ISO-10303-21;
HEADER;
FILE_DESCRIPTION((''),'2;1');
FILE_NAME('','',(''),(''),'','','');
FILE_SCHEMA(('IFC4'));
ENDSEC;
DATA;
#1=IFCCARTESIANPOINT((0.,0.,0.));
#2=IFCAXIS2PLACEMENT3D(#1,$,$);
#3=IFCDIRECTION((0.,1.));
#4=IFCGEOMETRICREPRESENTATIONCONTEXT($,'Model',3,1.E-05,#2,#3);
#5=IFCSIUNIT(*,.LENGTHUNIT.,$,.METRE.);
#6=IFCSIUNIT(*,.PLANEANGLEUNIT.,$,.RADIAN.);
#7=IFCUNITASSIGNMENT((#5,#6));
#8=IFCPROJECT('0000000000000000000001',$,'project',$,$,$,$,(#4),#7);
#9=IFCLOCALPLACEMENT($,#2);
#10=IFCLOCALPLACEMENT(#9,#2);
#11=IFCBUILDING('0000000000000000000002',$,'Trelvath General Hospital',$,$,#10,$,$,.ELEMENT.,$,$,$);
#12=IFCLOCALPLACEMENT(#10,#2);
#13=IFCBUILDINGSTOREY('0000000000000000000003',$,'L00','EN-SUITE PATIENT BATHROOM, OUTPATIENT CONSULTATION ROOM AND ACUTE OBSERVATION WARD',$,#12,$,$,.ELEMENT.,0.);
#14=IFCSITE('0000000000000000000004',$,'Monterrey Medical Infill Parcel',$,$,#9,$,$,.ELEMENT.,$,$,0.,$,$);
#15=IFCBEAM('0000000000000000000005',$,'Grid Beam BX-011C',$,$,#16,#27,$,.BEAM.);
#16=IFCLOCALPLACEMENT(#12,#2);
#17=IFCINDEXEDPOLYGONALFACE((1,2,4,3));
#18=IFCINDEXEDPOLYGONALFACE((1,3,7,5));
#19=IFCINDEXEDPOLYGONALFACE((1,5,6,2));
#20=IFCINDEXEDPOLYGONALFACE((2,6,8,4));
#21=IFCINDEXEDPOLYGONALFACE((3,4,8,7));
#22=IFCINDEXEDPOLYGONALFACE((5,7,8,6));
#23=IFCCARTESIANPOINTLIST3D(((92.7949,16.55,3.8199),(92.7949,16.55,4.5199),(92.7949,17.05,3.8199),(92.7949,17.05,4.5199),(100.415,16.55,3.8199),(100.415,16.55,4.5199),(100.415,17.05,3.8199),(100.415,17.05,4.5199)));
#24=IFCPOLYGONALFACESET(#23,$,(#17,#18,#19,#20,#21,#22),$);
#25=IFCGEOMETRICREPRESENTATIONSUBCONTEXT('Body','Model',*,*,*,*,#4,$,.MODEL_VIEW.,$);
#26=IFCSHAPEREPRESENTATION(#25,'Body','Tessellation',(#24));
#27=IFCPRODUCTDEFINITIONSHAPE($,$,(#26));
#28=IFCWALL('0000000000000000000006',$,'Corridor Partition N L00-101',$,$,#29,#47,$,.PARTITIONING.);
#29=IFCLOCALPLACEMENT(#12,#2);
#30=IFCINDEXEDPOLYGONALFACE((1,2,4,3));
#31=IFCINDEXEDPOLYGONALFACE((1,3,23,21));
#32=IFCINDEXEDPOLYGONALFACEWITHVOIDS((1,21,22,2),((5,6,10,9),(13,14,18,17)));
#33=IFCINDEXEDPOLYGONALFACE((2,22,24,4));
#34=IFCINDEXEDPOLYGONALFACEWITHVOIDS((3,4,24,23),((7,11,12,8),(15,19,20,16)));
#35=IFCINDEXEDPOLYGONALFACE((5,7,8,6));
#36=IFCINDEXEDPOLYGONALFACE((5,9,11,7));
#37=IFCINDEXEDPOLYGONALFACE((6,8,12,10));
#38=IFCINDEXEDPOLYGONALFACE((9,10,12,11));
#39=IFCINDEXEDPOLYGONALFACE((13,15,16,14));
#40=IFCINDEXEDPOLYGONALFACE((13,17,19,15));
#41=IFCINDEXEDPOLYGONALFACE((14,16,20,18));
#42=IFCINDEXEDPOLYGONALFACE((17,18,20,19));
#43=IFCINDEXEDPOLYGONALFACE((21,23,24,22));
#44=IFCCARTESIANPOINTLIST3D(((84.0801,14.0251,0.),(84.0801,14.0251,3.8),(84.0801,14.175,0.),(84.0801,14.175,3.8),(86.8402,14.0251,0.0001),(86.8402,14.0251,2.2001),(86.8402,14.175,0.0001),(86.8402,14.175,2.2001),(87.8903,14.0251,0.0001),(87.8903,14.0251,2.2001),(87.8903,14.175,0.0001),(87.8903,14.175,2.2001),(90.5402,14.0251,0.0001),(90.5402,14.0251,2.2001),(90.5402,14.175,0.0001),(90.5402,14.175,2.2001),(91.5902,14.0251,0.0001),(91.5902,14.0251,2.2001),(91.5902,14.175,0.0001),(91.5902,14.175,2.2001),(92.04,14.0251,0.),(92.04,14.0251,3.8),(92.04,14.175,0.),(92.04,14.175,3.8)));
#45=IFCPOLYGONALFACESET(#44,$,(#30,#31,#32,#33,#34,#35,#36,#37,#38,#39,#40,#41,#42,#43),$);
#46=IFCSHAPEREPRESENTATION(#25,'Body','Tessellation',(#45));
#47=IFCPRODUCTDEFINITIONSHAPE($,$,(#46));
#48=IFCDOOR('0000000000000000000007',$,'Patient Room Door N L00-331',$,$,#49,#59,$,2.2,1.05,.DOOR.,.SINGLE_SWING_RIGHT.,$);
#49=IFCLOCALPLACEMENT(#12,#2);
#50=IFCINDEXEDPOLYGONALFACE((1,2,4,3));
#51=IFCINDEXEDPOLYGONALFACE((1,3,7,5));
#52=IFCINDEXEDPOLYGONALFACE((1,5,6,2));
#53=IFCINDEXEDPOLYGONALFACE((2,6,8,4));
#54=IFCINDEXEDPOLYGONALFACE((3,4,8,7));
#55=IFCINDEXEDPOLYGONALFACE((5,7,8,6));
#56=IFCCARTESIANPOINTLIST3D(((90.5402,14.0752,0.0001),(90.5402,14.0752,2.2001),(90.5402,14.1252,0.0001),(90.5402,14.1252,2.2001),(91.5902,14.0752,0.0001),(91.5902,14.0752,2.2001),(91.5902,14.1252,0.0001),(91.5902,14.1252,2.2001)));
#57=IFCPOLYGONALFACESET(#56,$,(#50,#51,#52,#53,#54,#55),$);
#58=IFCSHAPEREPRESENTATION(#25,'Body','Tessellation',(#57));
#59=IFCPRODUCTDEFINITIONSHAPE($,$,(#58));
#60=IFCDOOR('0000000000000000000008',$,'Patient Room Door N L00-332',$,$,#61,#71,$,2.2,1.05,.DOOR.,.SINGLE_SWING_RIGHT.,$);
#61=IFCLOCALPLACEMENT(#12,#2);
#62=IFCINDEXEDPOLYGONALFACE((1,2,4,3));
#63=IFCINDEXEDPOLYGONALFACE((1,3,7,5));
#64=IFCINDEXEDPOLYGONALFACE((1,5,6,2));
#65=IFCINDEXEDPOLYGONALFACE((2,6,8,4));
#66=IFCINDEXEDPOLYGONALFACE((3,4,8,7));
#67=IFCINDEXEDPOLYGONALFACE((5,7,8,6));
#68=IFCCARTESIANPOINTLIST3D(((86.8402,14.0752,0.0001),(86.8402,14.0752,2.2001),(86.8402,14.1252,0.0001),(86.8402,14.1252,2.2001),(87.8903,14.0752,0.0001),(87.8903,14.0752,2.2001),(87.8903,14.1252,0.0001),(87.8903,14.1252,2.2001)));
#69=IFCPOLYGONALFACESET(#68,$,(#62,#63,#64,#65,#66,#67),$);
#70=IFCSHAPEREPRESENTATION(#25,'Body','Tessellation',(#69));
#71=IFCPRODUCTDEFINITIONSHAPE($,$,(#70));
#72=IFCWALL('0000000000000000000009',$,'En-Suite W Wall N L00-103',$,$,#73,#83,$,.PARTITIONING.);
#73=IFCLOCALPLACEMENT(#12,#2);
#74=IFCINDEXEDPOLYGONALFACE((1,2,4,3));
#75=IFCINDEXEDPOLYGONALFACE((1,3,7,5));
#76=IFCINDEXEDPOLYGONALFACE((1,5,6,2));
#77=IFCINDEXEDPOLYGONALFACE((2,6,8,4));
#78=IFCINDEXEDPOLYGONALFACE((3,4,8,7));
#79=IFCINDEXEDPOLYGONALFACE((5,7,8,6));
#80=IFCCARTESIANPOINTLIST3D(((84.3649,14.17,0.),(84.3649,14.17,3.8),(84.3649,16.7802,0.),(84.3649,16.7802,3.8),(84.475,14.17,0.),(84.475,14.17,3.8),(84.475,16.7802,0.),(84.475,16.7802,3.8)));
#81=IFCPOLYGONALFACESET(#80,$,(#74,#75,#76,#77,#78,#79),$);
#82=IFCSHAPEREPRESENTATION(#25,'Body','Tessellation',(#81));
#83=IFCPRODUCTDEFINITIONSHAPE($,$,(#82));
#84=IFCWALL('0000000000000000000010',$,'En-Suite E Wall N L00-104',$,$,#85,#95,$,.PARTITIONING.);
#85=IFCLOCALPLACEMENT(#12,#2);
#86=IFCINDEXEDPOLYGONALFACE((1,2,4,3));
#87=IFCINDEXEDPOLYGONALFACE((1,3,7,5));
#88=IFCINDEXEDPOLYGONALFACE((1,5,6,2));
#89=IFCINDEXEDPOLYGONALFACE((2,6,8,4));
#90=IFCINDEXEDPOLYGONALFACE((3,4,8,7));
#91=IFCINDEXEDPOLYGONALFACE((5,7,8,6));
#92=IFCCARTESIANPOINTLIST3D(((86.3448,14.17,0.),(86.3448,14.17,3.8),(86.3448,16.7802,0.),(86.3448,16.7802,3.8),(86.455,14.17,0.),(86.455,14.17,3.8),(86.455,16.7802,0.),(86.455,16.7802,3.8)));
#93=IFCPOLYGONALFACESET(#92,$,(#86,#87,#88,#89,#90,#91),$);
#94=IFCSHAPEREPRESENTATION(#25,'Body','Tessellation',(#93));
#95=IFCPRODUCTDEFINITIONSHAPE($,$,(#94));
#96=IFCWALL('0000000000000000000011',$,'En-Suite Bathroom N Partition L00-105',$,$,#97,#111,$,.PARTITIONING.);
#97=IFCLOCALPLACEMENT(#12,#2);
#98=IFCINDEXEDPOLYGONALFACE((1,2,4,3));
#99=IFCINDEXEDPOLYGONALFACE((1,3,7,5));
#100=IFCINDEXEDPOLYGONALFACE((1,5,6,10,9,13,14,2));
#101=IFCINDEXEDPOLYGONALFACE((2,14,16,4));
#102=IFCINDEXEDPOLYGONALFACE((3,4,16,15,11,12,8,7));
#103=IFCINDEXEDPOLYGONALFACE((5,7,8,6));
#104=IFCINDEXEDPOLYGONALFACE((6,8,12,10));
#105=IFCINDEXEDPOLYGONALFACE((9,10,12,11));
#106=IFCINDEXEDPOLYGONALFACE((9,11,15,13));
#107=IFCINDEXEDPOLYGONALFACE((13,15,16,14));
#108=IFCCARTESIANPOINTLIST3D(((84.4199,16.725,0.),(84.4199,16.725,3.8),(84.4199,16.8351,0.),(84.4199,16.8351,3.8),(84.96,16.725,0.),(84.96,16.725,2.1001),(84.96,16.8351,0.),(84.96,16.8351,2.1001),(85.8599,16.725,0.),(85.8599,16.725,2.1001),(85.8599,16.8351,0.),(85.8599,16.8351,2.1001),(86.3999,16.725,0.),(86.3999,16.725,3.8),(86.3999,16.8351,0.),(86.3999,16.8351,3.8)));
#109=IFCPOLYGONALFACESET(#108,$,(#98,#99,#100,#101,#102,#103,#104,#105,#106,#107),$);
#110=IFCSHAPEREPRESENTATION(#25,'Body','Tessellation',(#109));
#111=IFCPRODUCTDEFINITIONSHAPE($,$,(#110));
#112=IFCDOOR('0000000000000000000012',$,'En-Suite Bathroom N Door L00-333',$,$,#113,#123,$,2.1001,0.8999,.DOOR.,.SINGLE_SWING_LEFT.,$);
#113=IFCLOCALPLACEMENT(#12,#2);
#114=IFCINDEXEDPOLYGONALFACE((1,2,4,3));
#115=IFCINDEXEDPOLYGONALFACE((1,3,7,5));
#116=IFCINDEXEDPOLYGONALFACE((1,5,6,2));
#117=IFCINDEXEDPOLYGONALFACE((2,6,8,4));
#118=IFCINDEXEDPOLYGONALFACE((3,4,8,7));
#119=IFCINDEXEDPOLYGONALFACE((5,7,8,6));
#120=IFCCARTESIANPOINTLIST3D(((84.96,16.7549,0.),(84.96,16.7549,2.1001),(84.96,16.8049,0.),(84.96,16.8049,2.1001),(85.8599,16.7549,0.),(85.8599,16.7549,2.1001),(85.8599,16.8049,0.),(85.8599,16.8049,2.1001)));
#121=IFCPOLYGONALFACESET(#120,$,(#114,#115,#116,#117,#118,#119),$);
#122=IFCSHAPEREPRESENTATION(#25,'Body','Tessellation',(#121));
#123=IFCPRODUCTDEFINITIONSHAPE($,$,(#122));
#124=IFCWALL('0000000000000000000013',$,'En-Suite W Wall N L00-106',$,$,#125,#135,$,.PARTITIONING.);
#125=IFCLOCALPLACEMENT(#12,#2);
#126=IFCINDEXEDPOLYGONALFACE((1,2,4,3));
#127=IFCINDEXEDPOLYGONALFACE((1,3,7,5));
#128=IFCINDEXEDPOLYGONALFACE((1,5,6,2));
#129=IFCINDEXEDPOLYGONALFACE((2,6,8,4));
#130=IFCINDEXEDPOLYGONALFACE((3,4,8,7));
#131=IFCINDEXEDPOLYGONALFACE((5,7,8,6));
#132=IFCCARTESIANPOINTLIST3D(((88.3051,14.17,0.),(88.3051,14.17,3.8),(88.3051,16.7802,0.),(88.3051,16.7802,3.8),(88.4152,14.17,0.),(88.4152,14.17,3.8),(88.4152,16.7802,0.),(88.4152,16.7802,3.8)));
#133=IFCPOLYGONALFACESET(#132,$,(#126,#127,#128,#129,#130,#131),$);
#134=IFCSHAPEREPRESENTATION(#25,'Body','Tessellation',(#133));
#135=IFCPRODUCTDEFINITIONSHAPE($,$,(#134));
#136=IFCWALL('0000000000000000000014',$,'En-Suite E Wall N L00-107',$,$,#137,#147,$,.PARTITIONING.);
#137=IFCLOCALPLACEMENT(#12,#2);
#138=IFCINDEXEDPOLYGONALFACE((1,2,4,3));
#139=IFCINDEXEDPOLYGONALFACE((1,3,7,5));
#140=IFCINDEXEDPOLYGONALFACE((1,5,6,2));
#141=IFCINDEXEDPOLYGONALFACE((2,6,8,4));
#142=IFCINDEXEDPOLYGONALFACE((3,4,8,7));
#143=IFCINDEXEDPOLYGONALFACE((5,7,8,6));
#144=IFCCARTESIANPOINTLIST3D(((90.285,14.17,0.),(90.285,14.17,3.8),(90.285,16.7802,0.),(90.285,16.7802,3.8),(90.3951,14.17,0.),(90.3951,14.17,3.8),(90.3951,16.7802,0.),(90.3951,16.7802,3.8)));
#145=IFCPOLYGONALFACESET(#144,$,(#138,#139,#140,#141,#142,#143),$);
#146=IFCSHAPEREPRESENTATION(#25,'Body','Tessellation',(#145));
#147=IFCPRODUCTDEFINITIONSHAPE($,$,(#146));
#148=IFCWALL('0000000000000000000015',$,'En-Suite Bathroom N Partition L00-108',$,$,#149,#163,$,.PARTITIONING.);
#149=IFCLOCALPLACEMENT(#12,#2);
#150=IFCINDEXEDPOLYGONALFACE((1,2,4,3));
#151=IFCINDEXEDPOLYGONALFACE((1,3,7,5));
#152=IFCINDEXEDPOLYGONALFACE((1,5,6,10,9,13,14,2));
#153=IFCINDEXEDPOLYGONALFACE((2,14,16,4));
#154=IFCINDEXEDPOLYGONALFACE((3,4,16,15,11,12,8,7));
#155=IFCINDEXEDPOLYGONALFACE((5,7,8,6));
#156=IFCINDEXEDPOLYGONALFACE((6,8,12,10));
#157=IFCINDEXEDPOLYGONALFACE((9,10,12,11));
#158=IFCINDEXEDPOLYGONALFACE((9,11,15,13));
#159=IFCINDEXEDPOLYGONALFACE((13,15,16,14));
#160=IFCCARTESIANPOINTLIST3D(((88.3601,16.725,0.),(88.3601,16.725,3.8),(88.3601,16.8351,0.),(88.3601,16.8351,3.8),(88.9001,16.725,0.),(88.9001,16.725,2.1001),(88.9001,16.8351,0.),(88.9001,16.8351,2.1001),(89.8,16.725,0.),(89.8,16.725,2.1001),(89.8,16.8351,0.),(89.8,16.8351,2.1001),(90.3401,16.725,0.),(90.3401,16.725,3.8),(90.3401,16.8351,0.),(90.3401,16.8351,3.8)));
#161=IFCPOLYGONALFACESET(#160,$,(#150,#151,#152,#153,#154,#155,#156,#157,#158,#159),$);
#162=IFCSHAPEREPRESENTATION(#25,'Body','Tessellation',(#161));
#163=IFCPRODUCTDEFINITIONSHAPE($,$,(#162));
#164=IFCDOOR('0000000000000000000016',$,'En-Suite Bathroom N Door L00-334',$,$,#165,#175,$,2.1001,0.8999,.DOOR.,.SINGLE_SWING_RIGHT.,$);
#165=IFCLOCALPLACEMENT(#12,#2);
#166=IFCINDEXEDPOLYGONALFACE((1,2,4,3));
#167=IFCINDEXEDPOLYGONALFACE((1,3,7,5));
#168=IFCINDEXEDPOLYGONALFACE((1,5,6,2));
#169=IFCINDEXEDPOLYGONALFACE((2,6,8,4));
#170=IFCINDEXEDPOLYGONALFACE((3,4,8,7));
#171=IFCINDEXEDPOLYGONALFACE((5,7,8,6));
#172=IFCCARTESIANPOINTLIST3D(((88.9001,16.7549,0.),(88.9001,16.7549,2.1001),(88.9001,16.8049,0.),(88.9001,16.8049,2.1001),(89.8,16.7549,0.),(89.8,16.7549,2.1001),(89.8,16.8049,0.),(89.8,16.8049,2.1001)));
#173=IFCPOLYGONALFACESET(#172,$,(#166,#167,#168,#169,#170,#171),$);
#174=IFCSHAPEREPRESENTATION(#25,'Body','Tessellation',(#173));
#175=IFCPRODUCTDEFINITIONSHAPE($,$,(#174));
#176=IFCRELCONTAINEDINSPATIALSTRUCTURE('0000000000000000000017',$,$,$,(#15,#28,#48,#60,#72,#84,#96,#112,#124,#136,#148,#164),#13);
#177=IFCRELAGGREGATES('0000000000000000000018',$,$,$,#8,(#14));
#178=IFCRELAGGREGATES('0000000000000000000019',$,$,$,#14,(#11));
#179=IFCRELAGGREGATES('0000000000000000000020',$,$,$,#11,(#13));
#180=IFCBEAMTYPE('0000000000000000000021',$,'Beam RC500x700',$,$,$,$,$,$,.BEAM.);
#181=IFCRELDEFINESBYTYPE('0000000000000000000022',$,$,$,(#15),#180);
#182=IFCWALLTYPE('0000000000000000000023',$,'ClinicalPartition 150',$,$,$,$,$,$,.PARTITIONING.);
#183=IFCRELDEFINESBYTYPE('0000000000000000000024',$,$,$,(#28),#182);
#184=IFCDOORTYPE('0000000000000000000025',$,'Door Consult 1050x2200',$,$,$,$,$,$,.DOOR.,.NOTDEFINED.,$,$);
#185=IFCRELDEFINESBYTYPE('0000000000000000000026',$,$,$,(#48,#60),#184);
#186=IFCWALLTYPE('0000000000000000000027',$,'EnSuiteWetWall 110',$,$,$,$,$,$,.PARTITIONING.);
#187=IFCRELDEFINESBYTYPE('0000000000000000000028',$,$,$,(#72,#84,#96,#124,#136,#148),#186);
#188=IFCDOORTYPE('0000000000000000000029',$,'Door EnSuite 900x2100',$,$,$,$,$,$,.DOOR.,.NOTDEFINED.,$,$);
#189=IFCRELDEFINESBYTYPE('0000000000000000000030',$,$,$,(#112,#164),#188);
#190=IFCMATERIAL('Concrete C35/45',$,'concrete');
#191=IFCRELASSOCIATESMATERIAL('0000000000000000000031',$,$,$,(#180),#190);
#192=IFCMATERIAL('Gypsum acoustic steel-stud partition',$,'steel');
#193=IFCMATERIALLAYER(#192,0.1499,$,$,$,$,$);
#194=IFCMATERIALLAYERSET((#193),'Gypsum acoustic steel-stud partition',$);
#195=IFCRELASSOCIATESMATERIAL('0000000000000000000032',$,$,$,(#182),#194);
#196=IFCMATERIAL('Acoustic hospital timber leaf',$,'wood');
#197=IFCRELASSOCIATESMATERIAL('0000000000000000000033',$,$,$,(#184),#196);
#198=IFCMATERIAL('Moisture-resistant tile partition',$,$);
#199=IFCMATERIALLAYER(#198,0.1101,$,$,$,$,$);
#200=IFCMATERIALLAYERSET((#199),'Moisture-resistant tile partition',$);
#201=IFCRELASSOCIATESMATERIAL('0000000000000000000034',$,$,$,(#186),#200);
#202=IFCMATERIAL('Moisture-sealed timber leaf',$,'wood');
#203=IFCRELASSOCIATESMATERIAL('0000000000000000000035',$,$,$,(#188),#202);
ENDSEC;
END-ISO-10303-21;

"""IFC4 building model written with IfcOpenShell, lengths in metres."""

from ifc_helpers import new_model, si_unit, direction, frame, frame_2d, origin, origin_2d, place, context, subcontext, project, spatial, rectangle, extrude, material, layer, layer_set, material_profile, profile_set, type_object, element, fill, save


model = new_model("IFC4")

# Units and contexts
model_context = context("Model", 3, precision=1e-05, world=origin(), true_north=direction((0.0, 1.0)))
body_context = subcontext(model_context, "Body", "Model", "MODEL_VIEW")
ifc_project = project(units=[si_unit("LENGTHUNIT", "METRE"), si_unit("PLANEANGLEUNIT", "RADIAN")], contexts=[model_context])

# Site, building, storey
site_placement = place(None, origin())
site = spatial("IfcSite", under=ifc_project, at=site_placement, Name="Monterrey Medical Infill Parcel", CompositionType="ELEMENT", RefElevation=0.0)
building_placement = place(site_placement, origin())
building = spatial("IfcBuilding", under=site, at=building_placement, Name="Trelvath General Hospital", CompositionType="ELEMENT")
storey_placement = place(building_placement, origin())
storey = spatial("IfcBuildingStorey", under=building, at=storey_placement, Name="L00", Description="EN-SUITE PATIENT BATHROOM, OUTPATIENT CONSULTATION ROOM AND ACUTE OBSERVATION WARD", CompositionType="ELEMENT", Elevation=0.0)

# Beam
ifc_material_1 = material(Name="Concrete C35/45", Category="concrete")
ifc_material_profile_1 = material_profile(ifc_material_1, rectangle(XDim=0.5, YDim=0.7, at=origin_2d()), Name="RCB500x700")
ifc_profile_set_1 = profile_set([ifc_material_profile_1], Name="Concrete C35/45")
beam_type_1 = type_object("IfcBeamType", Name="Beam RC500x700", PredefinedType="BEAM", material=ifc_profile_set_1)
beam_1_placement = place(storey_placement, frame((92.7949, 16.8, 4.1699), z_axis=(1.0, 0.0, 0.0), x_axis=(0.0, 1.0, 0.0)))
element("IfcBeam", 1, at=beam_1_placement, inside=storey, type_object=beam_type_1, Name="Grid Beam BX-011C", PredefinedType="BEAM", context=body_context, shape_type="SweptSolid", body=[
    extrude(rectangle(XDim=0.5, YDim=0.7, at=origin_2d()), origin(), (0.0, 0.0, 1.0), 7.6201),
])

# Wall, openings, doors
ifc_material_2 = material(Name="Gypsum acoustic steel-stud partition", Category="steel")
ifc_layer_1 = layer(ifc_material_2, 0.1499)
ifc_layer_set_1 = layer_set([ifc_layer_1], Name="Gypsum acoustic steel-stud partition")
wall_type_1 = type_object("IfcWallType", Name="ClinicalPartition 150", PredefinedType="PARTITIONING", material=ifc_layer_set_1)
wall_1_placement = place(storey_placement, frame((92.04, 14.1001, 0.0), z_axis=(0.0, 0.0, 1.0), x_axis=(-1.0, 0.0, 0.0)))
wall_1 = element("IfcWall", 2, at=wall_1_placement, inside=storey, type_object=wall_type_1, Name="Corridor Partition N L00-101", PredefinedType="PARTITIONING", context=body_context, shape_type="SweptSolid", body=[
    extrude(rectangle(XDim=7.96, YDim=0.1499, at=frame_2d((3.98, 0.0))), origin(), (0.0, 0.0, 1.0), 3.8),
])
opening_1_placement = place(wall_1_placement, frame((0.45, 0.0, 0.0)))
opening_1 = element("IfcOpeningElement", 3, at=opening_1_placement, cuts=wall_1, PredefinedType="OPENING", context=body_context, shape_type="SweptSolid", body=[
    extrude(rectangle(XDim=1.05, YDim=2.2, at=frame_2d((0.5249, 1.1001))), frame((0.0, 0.085, 0.0), z_axis=(0.0, -1.0, 0.0), x_axis=(1.0, 0.0, 0.0)), (0.0, 0.0, 1.0), 0.1699),
])
opening_2_placement = place(wall_1_placement, frame((4.1499, 0.0, 0.0)))
opening_2 = element("IfcOpeningElement", 4, at=opening_2_placement, cuts=wall_1, PredefinedType="OPENING", context=body_context, shape_type="SweptSolid", body=[
    extrude(rectangle(XDim=1.05, YDim=2.2, at=frame_2d((0.5249, 1.1001))), frame((0.0, 0.085, 0.0), z_axis=(0.0, -1.0, 0.0), x_axis=(1.0, 0.0, 0.0)), (0.0, 0.0, 1.0), 0.1699),
])
ifc_material_3 = material(Name="Acoustic hospital timber leaf", Category="wood")
door_type_1 = type_object("IfcDoorType", Name="Door Consult 1050x2200", OperationType="NOTDEFINED", PredefinedType="DOOR", material=ifc_material_3)
door_1_placement = place(opening_1_placement, origin())
door_1 = element("IfcDoor", 5, at=door_1_placement, inside=storey, type_object=door_type_1, Name="Patient Room Door N L00-331", OperationType="SINGLE_SWING_RIGHT", OverallHeight=2.2, OverallWidth=1.05, PredefinedType="DOOR", context=body_context, shape_type="SweptSolid", body=[
    extrude(rectangle(XDim=1.05, YDim=2.2, at=frame_2d((0.5249, 1.1001))), frame((0.0, 0.0249, 0.0), z_axis=(0.0, -1.0, 0.0), x_axis=(1.0, 0.0, 0.0)), (0.0, 0.0, 1.0), 0.05),
])
fill(opening_1, door_1)
door_2_placement = place(opening_2_placement, origin())
door_2 = element("IfcDoor", 6, at=door_2_placement, inside=storey, type_object=door_type_1, Name="Patient Room Door N L00-332", OperationType="SINGLE_SWING_RIGHT", OverallHeight=2.2, OverallWidth=1.05, PredefinedType="DOOR", context=body_context, shape_type="SweptSolid", body=[
    extrude(rectangle(XDim=1.05, YDim=2.2, at=frame_2d((0.5249, 1.1001))), frame((0.0, 0.0249, 0.0), z_axis=(0.0, -1.0, 0.0), x_axis=(1.0, 0.0, 0.0)), (0.0, 0.0, 1.0), 0.05),
])
fill(opening_2, door_2)

# Walls
ifc_material_4 = material(Name="Moisture-resistant tile partition")
ifc_layer_2 = layer(ifc_material_4, 0.1101)
ifc_layer_set_2 = layer_set([ifc_layer_2], Name="Moisture-resistant tile partition")
wall_type_2 = type_object("IfcWallType", Name="EnSuiteWetWall 110", PredefinedType="PARTITIONING", material=ifc_layer_set_2)
for number, where, z_axis, x_axis, name in (
    (7, (84.4199, 14.1699, 0.0), (0.0, 0.0, 1.0), (0.0, 1.0, 0.0), "En-Suite W Wall N L00-103"),
    (8, (86.3999, 14.1699, 0.0), (0.0, 0.0, 1.0), (0.0, 1.0, 0.0), "En-Suite E Wall N L00-104"),
):
    element("IfcWall", number, at=place(storey_placement, frame(where, z_axis=z_axis, x_axis=x_axis)), inside=storey, type_object=wall_type_2, Name=name, PredefinedType="PARTITIONING", context=body_context, shape_type="SweptSolid", body=[
        extrude(rectangle(XDim=2.6101, YDim=0.1101, at=frame_2d((1.3052, 0.0))), origin(), (0.0, 0.0, 1.0), 3.8),
    ])

# Wall, opening, door
wall_2_placement = place(storey_placement, frame((84.4199, 16.78, 0.0), z_axis=(0.0, 0.0, 1.0), x_axis=(1.0, 0.0, 0.0)))
wall_2 = element("IfcWall", 9, at=wall_2_placement, inside=storey, type_object=wall_type_2, Name="En-Suite Bathroom N Partition L00-105", PredefinedType="PARTITIONING", context=body_context, shape_type="SweptSolid", body=[
    extrude(rectangle(XDim=1.98, YDim=0.1101, at=frame_2d((0.99, 0.0))), origin(), (0.0, 0.0, 1.0), 3.8),
])
opening_3_placement = place(wall_2_placement, frame((0.54, 0.0, 0.0)))
opening_3 = element("IfcOpeningElement", 10, at=opening_3_placement, cuts=wall_2, PredefinedType="OPENING", context=body_context, shape_type="SweptSolid", body=[
    extrude(rectangle(XDim=0.8999, YDim=2.1001, at=frame_2d((0.45, 1.05))), frame((0.0, 0.0649, 0.0), z_axis=(0.0, -1.0, 0.0), x_axis=(1.0, 0.0, 0.0)), (0.0, 0.0, 1.0), 0.1301),
])
ifc_material_5 = material(Name="Moisture-sealed timber leaf", Category="wood")
door_type_2 = type_object("IfcDoorType", Name="Door EnSuite 900x2100", OperationType="NOTDEFINED", PredefinedType="DOOR", material=ifc_material_5)
door_3_placement = place(opening_3_placement, origin())
door_3 = element("IfcDoor", 11, at=door_3_placement, inside=storey, type_object=door_type_2, Name="En-Suite Bathroom N Door L00-333", OperationType="SINGLE_SWING_LEFT", OverallHeight=2.1001, OverallWidth=0.8999, PredefinedType="DOOR", context=body_context, shape_type="SweptSolid", body=[
    extrude(rectangle(XDim=0.8999, YDim=2.1001, at=frame_2d((0.45, 1.05))), frame((0.0, 0.0249, 0.0), z_axis=(0.0, -1.0, 0.0), x_axis=(1.0, 0.0, 0.0)), (0.0, 0.0, 1.0), 0.05),
])
fill(opening_3, door_3)

# Walls
for number, where, z_axis, x_axis, name in (
    (12, (88.3601, 14.1699, 0.0), (0.0, 0.0, 1.0), (0.0, 1.0, 0.0), "En-Suite W Wall N L00-106"),
    (13, (90.3401, 14.1699, 0.0), (0.0, 0.0, 1.0), (0.0, 1.0, 0.0), "En-Suite E Wall N L00-107"),
):
    element("IfcWall", number, at=place(storey_placement, frame(where, z_axis=z_axis, x_axis=x_axis)), inside=storey, type_object=wall_type_2, Name=name, PredefinedType="PARTITIONING", context=body_context, shape_type="SweptSolid", body=[
        extrude(rectangle(XDim=2.6101, YDim=0.1101, at=frame_2d((1.3052, 0.0))), origin(), (0.0, 0.0, 1.0), 3.8),
    ])

# Wall, opening, door
wall_3_placement = place(storey_placement, frame((88.3601, 16.78, 0.0), z_axis=(0.0, 0.0, 1.0), x_axis=(1.0, 0.0, 0.0)))
wall_3 = element("IfcWall", 14, at=wall_3_placement, inside=storey, type_object=wall_type_2, Name="En-Suite Bathroom N Partition L00-108", PredefinedType="PARTITIONING", context=body_context, shape_type="SweptSolid", body=[
    extrude(rectangle(XDim=1.98, YDim=0.1101, at=frame_2d((0.99, 0.0))), origin(), (0.0, 0.0, 1.0), 3.8),
])
opening_4_placement = place(wall_3_placement, frame((0.54, 0.0, 0.0)))
opening_4 = element("IfcOpeningElement", 15, at=opening_4_placement, cuts=wall_3, PredefinedType="OPENING", context=body_context, shape_type="SweptSolid", body=[
    extrude(rectangle(XDim=0.8999, YDim=2.1001, at=frame_2d((0.45, 1.05))), frame((0.0, 0.0649, 0.0), z_axis=(0.0, -1.0, 0.0), x_axis=(1.0, 0.0, 0.0)), (0.0, 0.0, 1.0), 0.1301),
])
door_4_placement = place(opening_4_placement, origin())
door_4 = element("IfcDoor", 16, at=door_4_placement, inside=storey, type_object=door_type_2, Name="En-Suite Bathroom N Door L00-334", OperationType="SINGLE_SWING_RIGHT", OverallHeight=2.1001, OverallWidth=0.8999, PredefinedType="DOOR", context=body_context, shape_type="SweptSolid", body=[
    extrude(rectangle(XDim=0.8999, YDim=2.1001, at=frame_2d((0.45, 1.05))), frame((0.0, 0.0249, 0.0), z_axis=(0.0, -1.0, 0.0), x_axis=(1.0, 0.0, 0.0)), (0.0, 0.0, 1.0), 0.05),
])
fill(opening_4, door_4)

save(model, "model.ifc")
